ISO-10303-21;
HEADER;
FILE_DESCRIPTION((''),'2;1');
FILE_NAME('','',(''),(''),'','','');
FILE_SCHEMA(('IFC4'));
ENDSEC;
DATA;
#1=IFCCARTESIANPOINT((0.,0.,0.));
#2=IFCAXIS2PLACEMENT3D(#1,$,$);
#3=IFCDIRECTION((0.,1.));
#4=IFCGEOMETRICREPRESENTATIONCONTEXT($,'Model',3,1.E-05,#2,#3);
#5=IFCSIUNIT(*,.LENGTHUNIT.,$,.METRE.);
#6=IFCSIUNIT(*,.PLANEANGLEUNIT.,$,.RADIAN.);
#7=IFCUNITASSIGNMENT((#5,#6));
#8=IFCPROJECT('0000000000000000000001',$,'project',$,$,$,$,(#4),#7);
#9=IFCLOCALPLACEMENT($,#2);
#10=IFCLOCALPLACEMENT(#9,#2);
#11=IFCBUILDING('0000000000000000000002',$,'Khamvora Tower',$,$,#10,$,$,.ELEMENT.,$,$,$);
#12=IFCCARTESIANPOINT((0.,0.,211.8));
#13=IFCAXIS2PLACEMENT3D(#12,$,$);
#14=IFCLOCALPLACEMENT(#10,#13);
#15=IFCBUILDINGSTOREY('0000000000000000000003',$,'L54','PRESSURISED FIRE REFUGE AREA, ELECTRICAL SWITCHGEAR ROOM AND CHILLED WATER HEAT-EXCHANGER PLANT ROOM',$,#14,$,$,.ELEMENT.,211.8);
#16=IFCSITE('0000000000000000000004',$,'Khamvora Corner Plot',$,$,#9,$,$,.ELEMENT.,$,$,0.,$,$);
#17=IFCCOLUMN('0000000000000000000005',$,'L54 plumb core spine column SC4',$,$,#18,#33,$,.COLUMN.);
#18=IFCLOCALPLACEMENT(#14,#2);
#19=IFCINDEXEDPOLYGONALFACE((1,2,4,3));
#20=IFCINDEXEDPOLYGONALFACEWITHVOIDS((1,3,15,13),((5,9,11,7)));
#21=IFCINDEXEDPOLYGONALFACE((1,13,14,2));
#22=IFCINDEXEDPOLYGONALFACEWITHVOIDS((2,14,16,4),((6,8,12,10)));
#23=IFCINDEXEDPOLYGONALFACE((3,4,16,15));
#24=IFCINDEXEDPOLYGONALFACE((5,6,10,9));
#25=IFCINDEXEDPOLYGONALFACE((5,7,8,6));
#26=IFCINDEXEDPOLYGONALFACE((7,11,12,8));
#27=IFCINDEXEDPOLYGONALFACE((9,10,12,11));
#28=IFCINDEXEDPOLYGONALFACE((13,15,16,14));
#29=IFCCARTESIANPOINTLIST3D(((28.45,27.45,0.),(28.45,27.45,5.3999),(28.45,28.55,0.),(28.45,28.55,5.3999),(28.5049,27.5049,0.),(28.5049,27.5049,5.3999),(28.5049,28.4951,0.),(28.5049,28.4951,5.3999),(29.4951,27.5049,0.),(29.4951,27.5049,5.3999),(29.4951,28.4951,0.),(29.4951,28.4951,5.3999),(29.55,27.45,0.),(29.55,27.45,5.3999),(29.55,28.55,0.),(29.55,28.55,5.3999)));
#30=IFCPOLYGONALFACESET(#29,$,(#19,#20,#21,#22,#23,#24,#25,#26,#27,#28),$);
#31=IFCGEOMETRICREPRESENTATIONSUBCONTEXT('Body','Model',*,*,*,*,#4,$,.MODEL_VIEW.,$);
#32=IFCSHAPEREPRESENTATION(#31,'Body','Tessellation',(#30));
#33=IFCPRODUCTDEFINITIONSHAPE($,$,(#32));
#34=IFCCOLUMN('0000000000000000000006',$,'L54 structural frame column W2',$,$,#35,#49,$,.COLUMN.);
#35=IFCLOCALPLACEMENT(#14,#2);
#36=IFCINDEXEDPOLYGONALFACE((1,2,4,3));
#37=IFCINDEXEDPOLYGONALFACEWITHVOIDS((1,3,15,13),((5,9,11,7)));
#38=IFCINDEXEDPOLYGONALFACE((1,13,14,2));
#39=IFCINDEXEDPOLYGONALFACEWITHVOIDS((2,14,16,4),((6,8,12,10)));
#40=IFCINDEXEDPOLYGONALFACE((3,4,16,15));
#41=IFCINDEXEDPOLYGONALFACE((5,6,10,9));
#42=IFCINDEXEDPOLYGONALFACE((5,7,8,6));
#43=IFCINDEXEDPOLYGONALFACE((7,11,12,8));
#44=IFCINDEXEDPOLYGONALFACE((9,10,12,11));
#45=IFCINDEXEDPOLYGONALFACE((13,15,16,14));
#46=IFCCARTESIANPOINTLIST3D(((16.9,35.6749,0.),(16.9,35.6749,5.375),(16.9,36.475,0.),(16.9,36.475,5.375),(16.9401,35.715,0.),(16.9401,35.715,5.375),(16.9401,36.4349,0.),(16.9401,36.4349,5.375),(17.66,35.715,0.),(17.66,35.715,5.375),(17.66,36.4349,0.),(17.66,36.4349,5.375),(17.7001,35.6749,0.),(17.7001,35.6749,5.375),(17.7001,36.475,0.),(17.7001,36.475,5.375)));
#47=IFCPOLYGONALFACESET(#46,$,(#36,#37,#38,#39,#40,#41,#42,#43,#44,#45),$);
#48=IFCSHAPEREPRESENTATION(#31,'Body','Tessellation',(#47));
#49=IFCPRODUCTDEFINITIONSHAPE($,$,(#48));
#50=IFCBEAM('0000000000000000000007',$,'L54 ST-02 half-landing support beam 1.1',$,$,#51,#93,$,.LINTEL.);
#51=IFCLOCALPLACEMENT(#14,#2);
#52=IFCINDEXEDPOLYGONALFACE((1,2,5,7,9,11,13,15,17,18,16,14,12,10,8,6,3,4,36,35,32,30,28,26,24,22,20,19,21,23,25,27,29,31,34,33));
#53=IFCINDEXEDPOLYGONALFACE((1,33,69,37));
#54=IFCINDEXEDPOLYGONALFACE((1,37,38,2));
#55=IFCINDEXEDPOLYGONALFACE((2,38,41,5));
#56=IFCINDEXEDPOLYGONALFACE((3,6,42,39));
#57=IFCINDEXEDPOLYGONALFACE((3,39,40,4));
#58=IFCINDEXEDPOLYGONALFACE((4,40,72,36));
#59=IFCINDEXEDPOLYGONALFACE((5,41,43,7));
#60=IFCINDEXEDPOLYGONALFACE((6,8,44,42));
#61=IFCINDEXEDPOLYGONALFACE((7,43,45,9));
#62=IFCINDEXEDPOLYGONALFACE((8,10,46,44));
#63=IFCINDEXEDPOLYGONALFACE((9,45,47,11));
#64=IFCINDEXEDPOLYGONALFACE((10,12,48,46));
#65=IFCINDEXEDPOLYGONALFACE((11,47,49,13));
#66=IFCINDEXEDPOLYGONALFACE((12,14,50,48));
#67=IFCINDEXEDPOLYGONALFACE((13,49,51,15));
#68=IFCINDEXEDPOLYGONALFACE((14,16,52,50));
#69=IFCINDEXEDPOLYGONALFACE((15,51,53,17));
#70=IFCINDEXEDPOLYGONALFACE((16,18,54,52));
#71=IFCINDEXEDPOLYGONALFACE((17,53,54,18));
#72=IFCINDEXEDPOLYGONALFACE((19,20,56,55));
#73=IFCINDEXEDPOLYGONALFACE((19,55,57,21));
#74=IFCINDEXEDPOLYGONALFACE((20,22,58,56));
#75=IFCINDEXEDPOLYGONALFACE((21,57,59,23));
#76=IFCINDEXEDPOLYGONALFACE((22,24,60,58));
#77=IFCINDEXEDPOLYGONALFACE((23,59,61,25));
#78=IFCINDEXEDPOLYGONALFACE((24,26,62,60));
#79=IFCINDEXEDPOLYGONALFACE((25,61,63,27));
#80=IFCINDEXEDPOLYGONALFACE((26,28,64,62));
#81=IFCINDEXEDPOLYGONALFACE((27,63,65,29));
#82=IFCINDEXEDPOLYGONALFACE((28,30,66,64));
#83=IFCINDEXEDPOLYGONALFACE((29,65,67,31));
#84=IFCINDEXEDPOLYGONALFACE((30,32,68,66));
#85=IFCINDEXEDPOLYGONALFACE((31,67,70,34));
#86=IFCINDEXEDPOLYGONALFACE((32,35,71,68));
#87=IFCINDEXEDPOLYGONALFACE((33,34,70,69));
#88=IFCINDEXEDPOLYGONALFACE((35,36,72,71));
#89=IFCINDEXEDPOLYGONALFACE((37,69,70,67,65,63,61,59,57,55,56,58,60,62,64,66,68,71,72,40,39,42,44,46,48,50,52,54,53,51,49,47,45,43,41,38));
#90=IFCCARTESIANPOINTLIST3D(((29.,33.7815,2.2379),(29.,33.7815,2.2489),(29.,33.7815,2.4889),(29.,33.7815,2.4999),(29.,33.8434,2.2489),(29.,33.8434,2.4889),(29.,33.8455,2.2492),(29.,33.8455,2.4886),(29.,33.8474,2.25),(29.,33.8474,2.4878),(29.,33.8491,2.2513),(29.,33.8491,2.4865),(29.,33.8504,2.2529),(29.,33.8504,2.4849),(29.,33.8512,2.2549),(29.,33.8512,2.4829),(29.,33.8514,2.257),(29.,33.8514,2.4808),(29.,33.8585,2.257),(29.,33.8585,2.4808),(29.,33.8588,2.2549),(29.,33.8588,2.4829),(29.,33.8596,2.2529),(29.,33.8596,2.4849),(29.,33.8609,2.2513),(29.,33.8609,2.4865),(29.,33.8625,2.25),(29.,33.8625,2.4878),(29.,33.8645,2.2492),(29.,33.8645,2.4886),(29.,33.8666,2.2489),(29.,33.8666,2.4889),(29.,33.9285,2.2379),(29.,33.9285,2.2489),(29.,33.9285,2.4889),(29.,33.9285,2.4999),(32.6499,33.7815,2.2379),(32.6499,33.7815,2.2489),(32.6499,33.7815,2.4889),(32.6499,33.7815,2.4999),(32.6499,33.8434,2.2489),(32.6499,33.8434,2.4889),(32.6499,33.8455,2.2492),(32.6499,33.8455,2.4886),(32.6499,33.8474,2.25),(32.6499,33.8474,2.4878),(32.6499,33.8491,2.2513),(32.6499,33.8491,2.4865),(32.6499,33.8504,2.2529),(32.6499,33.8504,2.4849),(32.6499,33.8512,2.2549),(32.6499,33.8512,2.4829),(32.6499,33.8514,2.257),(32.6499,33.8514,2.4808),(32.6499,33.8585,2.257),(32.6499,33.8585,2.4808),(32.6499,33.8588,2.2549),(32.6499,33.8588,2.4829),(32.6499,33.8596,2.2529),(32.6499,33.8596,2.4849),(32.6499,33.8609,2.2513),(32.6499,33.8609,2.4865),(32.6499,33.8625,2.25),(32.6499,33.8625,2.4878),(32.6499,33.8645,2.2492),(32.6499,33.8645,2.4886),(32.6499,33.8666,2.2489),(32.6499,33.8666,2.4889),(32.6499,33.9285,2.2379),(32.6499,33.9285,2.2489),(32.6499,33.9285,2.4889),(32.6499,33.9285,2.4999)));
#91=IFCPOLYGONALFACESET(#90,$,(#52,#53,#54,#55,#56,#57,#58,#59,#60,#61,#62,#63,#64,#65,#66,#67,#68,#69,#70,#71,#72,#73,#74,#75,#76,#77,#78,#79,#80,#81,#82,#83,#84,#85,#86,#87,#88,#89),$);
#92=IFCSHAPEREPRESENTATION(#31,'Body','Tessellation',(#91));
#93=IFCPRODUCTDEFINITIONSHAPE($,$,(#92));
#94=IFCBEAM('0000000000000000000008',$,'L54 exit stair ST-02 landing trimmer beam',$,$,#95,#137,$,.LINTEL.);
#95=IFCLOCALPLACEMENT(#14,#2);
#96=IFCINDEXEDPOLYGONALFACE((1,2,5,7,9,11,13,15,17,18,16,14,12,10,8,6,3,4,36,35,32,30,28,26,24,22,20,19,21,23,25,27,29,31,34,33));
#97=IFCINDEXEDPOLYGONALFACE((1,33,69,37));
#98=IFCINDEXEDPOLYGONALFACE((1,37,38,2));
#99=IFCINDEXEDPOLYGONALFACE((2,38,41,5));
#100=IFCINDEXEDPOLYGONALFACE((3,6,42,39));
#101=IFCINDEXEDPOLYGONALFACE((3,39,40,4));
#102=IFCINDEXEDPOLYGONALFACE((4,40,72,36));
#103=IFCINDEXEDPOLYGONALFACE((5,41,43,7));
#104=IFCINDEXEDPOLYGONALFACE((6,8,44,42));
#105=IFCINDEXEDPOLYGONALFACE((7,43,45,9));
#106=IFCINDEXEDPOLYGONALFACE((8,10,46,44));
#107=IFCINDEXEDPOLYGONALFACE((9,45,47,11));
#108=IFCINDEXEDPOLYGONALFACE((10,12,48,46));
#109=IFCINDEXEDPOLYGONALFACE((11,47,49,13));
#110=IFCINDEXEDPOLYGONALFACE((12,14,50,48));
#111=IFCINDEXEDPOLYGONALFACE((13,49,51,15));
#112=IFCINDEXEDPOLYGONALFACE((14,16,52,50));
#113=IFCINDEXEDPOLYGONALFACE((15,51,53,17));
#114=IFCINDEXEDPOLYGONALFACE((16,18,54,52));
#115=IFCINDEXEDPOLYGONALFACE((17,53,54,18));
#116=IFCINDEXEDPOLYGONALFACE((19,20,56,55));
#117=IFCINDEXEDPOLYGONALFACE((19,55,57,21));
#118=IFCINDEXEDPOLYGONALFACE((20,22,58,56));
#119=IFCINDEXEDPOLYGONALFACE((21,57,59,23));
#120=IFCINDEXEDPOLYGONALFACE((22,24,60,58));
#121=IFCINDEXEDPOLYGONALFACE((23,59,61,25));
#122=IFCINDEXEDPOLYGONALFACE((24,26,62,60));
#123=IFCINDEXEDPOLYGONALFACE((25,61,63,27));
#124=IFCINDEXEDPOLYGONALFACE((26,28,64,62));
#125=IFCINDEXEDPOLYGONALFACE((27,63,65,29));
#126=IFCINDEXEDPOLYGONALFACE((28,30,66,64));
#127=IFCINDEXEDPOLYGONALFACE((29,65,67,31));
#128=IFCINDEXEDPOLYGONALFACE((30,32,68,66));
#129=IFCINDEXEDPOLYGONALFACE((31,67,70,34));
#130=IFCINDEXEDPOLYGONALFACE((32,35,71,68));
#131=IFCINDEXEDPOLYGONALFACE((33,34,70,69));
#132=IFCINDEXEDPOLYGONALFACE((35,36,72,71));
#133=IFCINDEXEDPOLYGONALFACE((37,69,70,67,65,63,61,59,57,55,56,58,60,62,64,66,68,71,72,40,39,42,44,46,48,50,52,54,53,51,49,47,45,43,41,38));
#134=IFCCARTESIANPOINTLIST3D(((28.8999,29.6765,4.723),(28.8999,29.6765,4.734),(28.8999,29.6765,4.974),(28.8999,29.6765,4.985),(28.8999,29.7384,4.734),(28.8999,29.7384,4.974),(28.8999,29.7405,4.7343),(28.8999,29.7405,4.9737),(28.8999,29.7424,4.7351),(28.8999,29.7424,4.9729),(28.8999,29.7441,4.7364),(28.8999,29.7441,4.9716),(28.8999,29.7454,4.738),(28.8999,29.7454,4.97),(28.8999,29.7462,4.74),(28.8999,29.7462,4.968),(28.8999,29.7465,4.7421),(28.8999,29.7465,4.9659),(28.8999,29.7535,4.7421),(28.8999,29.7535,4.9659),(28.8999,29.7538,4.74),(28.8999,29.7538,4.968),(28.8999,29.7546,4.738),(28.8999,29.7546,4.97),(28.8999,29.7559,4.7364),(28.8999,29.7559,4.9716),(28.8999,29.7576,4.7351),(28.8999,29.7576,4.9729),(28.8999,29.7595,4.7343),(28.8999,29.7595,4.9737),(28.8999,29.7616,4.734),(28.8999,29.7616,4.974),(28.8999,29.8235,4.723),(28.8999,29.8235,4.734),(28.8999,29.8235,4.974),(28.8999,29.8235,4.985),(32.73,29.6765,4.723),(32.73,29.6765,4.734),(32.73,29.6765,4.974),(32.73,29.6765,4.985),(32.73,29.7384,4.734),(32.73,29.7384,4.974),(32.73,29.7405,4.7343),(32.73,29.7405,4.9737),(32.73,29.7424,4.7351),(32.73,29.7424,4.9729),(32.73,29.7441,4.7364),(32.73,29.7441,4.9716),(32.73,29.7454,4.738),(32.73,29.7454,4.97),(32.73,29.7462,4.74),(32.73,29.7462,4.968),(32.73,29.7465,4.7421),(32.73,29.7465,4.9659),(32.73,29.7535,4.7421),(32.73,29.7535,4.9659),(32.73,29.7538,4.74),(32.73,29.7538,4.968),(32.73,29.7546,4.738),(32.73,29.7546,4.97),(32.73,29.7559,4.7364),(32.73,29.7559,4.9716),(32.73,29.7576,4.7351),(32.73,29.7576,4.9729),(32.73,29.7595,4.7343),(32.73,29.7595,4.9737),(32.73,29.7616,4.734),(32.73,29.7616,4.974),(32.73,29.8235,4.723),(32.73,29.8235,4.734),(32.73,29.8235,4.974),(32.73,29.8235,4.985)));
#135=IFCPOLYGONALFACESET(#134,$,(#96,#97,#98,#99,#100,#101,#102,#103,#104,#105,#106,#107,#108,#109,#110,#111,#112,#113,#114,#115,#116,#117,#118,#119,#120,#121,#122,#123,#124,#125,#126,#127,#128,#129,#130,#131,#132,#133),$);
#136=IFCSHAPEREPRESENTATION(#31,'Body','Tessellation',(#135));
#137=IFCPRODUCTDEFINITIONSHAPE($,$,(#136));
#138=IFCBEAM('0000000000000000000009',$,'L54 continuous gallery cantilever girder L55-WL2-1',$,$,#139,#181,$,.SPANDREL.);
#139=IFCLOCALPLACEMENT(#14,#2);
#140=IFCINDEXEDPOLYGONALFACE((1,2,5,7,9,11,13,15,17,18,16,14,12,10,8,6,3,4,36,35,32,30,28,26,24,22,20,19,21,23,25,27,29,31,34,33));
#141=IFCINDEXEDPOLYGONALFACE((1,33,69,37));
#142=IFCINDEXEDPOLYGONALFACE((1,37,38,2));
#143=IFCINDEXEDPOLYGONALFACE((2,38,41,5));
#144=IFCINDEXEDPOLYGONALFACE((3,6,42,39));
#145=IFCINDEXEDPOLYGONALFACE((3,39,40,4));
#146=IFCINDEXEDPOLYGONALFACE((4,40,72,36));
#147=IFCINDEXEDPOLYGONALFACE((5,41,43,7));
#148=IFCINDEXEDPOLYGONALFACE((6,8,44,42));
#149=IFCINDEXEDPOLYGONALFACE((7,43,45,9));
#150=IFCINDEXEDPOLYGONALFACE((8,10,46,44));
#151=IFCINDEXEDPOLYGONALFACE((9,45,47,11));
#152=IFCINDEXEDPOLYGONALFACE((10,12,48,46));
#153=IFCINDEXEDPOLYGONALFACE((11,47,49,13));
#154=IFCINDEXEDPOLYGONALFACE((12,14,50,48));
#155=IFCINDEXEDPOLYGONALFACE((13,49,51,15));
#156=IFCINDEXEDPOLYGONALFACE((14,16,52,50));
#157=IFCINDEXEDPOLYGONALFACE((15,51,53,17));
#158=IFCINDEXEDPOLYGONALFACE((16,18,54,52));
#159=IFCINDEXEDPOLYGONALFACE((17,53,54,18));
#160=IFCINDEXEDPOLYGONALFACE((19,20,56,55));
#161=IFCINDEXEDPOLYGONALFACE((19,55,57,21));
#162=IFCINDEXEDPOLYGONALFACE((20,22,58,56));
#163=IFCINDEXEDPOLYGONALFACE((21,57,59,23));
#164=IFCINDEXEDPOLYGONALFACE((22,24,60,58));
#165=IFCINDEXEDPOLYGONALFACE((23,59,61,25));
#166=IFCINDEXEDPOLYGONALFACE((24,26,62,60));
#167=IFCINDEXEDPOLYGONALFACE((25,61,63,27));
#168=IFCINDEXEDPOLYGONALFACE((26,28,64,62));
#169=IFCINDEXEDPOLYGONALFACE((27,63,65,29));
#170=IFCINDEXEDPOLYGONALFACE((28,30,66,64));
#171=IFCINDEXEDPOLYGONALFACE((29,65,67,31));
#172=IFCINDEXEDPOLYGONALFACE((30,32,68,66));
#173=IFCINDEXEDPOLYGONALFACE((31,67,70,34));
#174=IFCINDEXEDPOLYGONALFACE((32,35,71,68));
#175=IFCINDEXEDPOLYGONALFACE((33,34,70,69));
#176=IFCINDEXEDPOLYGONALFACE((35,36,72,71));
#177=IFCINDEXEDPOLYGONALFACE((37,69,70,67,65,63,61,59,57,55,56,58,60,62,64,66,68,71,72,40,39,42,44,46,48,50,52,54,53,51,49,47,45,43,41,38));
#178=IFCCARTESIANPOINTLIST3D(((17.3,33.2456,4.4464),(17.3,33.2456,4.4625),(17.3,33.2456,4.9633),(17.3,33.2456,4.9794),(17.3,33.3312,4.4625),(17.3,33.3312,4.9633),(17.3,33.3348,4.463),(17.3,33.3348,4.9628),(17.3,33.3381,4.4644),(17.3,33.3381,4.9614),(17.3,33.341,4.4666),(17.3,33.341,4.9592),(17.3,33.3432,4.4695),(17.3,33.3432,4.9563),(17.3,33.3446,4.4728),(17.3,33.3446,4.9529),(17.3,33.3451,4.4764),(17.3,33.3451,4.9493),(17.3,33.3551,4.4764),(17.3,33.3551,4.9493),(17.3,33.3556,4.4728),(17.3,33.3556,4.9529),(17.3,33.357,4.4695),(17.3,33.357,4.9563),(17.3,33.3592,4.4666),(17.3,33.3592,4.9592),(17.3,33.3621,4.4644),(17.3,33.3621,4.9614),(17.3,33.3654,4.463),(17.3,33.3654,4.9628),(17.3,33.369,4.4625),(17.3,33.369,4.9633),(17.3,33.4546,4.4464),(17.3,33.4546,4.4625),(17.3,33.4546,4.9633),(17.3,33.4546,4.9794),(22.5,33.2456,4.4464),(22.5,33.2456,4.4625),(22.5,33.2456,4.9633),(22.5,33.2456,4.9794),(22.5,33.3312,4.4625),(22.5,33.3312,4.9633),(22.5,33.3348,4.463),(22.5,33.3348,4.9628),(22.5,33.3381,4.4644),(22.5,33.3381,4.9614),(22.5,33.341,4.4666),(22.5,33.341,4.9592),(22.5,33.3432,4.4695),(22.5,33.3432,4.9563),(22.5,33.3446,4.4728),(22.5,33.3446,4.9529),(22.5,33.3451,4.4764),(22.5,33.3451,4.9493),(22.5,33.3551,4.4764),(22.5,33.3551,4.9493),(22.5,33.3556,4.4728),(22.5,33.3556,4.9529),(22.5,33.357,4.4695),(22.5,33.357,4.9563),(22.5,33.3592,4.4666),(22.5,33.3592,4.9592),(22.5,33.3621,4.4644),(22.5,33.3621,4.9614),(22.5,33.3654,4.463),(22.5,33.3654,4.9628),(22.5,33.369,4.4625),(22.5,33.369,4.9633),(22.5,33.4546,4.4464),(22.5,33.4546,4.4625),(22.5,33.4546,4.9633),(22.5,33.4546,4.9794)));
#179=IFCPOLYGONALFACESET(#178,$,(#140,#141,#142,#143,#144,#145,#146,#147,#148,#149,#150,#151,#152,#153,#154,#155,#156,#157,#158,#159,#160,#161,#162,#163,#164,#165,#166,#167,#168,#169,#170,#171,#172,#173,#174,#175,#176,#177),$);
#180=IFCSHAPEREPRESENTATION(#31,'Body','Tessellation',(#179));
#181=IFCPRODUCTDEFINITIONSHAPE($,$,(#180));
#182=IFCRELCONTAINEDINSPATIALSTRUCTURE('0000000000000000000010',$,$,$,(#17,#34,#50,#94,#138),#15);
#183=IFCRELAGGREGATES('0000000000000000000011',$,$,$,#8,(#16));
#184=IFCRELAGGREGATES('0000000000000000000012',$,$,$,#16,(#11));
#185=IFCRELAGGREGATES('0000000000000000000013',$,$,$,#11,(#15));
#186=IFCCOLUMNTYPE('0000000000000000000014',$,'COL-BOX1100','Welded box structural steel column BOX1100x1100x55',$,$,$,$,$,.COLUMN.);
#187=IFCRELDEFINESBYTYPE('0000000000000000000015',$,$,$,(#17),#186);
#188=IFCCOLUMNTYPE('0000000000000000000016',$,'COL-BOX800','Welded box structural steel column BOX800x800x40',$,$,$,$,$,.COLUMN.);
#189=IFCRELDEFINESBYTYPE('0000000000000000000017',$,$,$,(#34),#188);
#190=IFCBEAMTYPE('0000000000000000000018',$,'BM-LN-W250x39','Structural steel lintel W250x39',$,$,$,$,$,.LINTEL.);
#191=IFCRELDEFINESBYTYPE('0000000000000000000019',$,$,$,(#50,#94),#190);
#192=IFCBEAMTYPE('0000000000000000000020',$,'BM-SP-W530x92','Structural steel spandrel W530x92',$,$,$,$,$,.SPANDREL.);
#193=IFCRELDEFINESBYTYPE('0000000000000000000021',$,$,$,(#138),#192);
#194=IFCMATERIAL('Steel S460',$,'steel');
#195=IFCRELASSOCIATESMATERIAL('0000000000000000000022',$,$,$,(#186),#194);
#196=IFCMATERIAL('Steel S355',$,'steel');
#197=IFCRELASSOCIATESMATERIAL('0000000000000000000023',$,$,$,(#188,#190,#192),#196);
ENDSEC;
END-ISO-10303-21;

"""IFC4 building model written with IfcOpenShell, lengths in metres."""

from ifc_helpers import new_model, si_unit, direction, frame, origin, origin_2d, place, context, subcontext, project, spatial, hollow_rectangle, i_section, extrude, material, material_profile, profile_set, type_object, element, save


model = new_model("IFC4")

# Units and contexts
model_context = context("Model", 3, precision=1e-05, world=origin(), true_north=direction((0.0, 1.0)))
body_context = subcontext(model_context, "Body", "Model", "MODEL_VIEW")
ifc_project = project(units=[si_unit("LENGTHUNIT", "METRE"), si_unit("PLANEANGLEUNIT", "RADIAN")], contexts=[model_context])

# Site, building, storey
site_placement = place(None, origin())
site = spatial("IfcSite", under=ifc_project, at=site_placement, Name="Khamvora Corner Plot", CompositionType="ELEMENT", RefElevation=0.0)
building_placement = place(site_placement, origin())
building = spatial("IfcBuilding", under=site, at=building_placement, Name="Khamvora Tower", CompositionType="ELEMENT")
storey_placement = place(building_placement, frame((0.0, 0.0, 211.8)))
storey = spatial("IfcBuildingStorey", under=building, at=storey_placement, Name="L54", Description="PRESSURISED FIRE REFUGE AREA, ELECTRICAL SWITCHGEAR ROOM AND CHILLED WATER HEAT-EXCHANGER PLANT ROOM", CompositionType="ELEMENT", Elevation=211.8)

# Columns
ifc_material_1 = material(Name="Steel S460", Category="steel")
ifc_material_profile_1 = material_profile(ifc_material_1, hollow_rectangle(XDim=1.1001, YDim=1.1001, WallThickness=0.0549, at=origin_2d()), Name="BOX1100x1100x55")
ifc_profile_set_1 = profile_set([ifc_material_profile_1], Name="Steel S460")
column_type_1 = type_object("IfcColumnType", Name="COL-BOX1100", Description="Welded box structural steel column BOX1100x1100x55", PredefinedType="COLUMN", material=ifc_profile_set_1)
column_1_placement = place(storey_placement, frame((29.0, 28.0, 0.0), z_axis=(0.0, 0.0, 1.0), x_axis=(1.0, 0.0, 0.0)))
element("IfcColumn", 1, at=column_1_placement, inside=storey, type_object=column_type_1, Name="L54 plumb core spine column SC4", PredefinedType="COLUMN", context=body_context, shape_type="SweptSolid", body=[
    extrude(hollow_rectangle(XDim=1.1001, YDim=1.1001, WallThickness=0.0549, at=origin_2d()), origin(), (0.0, 0.0, 1.0), 5.3999),
])
ifc_material_2 = material(Name="Steel S355", Category="steel")
ifc_material_profile_2 = material_profile(ifc_material_2, hollow_rectangle(XDim=0.8, YDim=0.8, WallThickness=0.04, at=origin_2d()), Name="BOX800x800x40")
ifc_profile_set_2 = profile_set([ifc_material_profile_2], Name="Steel S355")
column_type_2 = type_object("IfcColumnType", Name="COL-BOX800", Description="Welded box structural steel column BOX800x800x40", PredefinedType="COLUMN", material=ifc_profile_set_2)
column_2_placement = place(storey_placement, frame((17.3, 36.075, 0.0), z_axis=(0.0, 0.0, 1.0), x_axis=(1.0, 0.0, 0.0)))
element("IfcColumn", 2, at=column_2_placement, inside=storey, type_object=column_type_2, Name="L54 structural frame column W2", PredefinedType="COLUMN", context=body_context, shape_type="SweptSolid", body=[
    extrude(hollow_rectangle(XDim=0.8, YDim=0.8, WallThickness=0.04, at=origin_2d()), origin(), (0.0, 0.0, 1.0), 5.375),
])

# Beams
ifc_material_profile_3 = material_profile(ifc_material_2, i_section(OverallWidth=0.147, OverallDepth=0.262, WebThickness=0.0071, FlangeThickness=0.011, FilletRadius=0.0081, at=origin_2d()), Name="W250x39")
ifc_profile_set_3 = profile_set([ifc_material_profile_3], Name="Steel S355")
beam_type_1 = type_object("IfcBeamType", Name="BM-LN-W250x39", Description="Structural steel lintel W250x39", PredefinedType="LINTEL", material=ifc_profile_set_3)
beam_1_placement = place(storey_placement, frame((29.0, 33.855, 2.3689), z_axis=(1.0, 0.0, 0.0), x_axis=(0.0, 1.0, 0.0)))
element("IfcBeam", 3, at=beam_1_placement, inside=storey, type_object=beam_type_1, Name="L54 ST-02 half-landing support beam 1.1", PredefinedType="LINTEL", context=body_context, shape_type="SweptSolid", body=[
    extrude(i_section(OverallWidth=0.147, OverallDepth=0.262, WebThickness=0.0071, FlangeThickness=0.011, FilletRadius=0.0081, at=origin_2d()), origin(), (0.0, 0.0, 1.0), 3.6499),
])
beam_2_placement = place(storey_placement, frame((28.8999, 29.75, 4.854), z_axis=(1.0, 0.0, 0.0), x_axis=(0.0, 1.0, 0.0)))
element("IfcBeam", 4, at=beam_2_placement, inside=storey, type_object=beam_type_1, Name="L54 exit stair ST-02 landing trimmer beam", PredefinedType="LINTEL", context=body_context, shape_type="SweptSolid", body=[
    extrude(i_section(OverallWidth=0.147, OverallDepth=0.262, WebThickness=0.0071, FlangeThickness=0.011, FilletRadius=0.0081, at=origin_2d()), origin(), (0.0, 0.0, 1.0), 3.8301),
])
ifc_material_profile_4 = material_profile(ifc_material_2, i_section(OverallWidth=0.209, OverallDepth=0.533, WebThickness=0.01, FlangeThickness=0.0161, FilletRadius=0.0139, at=origin_2d()), Name="W530x92")
ifc_profile_set_4 = profile_set([ifc_material_profile_4], Name="Steel S355")
beam_type_2 = type_object("IfcBeamType", Name="BM-SP-W530x92", Description="Structural steel spandrel W530x92", PredefinedType="SPANDREL", material=ifc_profile_set_4)
for number, where, z_axis, x_axis, name in (
    (5, (22.5, 33.3501, 4.7129), (-1.0, 0.0, 0.0), (0.0, -1.0, 0.0), "L54 continuous gallery cantilever girder L55-WL2-1"),
):
    element("IfcBeam", number, at=place(storey_placement, frame(where, z_axis=z_axis, x_axis=x_axis)), inside=storey, type_object=beam_type_2, Name=name, PredefinedType="SPANDREL", context=body_context, shape_type="SweptSolid", body=[
        extrude(i_section(OverallWidth=0.209, OverallDepth=0.533, WebThickness=0.01, FlangeThickness=0.0161, FilletRadius=0.0139, at=origin_2d()), origin(), (0.0, 0.0, 1.0), 5.2),
    ])

save(model, "model.ifc")
